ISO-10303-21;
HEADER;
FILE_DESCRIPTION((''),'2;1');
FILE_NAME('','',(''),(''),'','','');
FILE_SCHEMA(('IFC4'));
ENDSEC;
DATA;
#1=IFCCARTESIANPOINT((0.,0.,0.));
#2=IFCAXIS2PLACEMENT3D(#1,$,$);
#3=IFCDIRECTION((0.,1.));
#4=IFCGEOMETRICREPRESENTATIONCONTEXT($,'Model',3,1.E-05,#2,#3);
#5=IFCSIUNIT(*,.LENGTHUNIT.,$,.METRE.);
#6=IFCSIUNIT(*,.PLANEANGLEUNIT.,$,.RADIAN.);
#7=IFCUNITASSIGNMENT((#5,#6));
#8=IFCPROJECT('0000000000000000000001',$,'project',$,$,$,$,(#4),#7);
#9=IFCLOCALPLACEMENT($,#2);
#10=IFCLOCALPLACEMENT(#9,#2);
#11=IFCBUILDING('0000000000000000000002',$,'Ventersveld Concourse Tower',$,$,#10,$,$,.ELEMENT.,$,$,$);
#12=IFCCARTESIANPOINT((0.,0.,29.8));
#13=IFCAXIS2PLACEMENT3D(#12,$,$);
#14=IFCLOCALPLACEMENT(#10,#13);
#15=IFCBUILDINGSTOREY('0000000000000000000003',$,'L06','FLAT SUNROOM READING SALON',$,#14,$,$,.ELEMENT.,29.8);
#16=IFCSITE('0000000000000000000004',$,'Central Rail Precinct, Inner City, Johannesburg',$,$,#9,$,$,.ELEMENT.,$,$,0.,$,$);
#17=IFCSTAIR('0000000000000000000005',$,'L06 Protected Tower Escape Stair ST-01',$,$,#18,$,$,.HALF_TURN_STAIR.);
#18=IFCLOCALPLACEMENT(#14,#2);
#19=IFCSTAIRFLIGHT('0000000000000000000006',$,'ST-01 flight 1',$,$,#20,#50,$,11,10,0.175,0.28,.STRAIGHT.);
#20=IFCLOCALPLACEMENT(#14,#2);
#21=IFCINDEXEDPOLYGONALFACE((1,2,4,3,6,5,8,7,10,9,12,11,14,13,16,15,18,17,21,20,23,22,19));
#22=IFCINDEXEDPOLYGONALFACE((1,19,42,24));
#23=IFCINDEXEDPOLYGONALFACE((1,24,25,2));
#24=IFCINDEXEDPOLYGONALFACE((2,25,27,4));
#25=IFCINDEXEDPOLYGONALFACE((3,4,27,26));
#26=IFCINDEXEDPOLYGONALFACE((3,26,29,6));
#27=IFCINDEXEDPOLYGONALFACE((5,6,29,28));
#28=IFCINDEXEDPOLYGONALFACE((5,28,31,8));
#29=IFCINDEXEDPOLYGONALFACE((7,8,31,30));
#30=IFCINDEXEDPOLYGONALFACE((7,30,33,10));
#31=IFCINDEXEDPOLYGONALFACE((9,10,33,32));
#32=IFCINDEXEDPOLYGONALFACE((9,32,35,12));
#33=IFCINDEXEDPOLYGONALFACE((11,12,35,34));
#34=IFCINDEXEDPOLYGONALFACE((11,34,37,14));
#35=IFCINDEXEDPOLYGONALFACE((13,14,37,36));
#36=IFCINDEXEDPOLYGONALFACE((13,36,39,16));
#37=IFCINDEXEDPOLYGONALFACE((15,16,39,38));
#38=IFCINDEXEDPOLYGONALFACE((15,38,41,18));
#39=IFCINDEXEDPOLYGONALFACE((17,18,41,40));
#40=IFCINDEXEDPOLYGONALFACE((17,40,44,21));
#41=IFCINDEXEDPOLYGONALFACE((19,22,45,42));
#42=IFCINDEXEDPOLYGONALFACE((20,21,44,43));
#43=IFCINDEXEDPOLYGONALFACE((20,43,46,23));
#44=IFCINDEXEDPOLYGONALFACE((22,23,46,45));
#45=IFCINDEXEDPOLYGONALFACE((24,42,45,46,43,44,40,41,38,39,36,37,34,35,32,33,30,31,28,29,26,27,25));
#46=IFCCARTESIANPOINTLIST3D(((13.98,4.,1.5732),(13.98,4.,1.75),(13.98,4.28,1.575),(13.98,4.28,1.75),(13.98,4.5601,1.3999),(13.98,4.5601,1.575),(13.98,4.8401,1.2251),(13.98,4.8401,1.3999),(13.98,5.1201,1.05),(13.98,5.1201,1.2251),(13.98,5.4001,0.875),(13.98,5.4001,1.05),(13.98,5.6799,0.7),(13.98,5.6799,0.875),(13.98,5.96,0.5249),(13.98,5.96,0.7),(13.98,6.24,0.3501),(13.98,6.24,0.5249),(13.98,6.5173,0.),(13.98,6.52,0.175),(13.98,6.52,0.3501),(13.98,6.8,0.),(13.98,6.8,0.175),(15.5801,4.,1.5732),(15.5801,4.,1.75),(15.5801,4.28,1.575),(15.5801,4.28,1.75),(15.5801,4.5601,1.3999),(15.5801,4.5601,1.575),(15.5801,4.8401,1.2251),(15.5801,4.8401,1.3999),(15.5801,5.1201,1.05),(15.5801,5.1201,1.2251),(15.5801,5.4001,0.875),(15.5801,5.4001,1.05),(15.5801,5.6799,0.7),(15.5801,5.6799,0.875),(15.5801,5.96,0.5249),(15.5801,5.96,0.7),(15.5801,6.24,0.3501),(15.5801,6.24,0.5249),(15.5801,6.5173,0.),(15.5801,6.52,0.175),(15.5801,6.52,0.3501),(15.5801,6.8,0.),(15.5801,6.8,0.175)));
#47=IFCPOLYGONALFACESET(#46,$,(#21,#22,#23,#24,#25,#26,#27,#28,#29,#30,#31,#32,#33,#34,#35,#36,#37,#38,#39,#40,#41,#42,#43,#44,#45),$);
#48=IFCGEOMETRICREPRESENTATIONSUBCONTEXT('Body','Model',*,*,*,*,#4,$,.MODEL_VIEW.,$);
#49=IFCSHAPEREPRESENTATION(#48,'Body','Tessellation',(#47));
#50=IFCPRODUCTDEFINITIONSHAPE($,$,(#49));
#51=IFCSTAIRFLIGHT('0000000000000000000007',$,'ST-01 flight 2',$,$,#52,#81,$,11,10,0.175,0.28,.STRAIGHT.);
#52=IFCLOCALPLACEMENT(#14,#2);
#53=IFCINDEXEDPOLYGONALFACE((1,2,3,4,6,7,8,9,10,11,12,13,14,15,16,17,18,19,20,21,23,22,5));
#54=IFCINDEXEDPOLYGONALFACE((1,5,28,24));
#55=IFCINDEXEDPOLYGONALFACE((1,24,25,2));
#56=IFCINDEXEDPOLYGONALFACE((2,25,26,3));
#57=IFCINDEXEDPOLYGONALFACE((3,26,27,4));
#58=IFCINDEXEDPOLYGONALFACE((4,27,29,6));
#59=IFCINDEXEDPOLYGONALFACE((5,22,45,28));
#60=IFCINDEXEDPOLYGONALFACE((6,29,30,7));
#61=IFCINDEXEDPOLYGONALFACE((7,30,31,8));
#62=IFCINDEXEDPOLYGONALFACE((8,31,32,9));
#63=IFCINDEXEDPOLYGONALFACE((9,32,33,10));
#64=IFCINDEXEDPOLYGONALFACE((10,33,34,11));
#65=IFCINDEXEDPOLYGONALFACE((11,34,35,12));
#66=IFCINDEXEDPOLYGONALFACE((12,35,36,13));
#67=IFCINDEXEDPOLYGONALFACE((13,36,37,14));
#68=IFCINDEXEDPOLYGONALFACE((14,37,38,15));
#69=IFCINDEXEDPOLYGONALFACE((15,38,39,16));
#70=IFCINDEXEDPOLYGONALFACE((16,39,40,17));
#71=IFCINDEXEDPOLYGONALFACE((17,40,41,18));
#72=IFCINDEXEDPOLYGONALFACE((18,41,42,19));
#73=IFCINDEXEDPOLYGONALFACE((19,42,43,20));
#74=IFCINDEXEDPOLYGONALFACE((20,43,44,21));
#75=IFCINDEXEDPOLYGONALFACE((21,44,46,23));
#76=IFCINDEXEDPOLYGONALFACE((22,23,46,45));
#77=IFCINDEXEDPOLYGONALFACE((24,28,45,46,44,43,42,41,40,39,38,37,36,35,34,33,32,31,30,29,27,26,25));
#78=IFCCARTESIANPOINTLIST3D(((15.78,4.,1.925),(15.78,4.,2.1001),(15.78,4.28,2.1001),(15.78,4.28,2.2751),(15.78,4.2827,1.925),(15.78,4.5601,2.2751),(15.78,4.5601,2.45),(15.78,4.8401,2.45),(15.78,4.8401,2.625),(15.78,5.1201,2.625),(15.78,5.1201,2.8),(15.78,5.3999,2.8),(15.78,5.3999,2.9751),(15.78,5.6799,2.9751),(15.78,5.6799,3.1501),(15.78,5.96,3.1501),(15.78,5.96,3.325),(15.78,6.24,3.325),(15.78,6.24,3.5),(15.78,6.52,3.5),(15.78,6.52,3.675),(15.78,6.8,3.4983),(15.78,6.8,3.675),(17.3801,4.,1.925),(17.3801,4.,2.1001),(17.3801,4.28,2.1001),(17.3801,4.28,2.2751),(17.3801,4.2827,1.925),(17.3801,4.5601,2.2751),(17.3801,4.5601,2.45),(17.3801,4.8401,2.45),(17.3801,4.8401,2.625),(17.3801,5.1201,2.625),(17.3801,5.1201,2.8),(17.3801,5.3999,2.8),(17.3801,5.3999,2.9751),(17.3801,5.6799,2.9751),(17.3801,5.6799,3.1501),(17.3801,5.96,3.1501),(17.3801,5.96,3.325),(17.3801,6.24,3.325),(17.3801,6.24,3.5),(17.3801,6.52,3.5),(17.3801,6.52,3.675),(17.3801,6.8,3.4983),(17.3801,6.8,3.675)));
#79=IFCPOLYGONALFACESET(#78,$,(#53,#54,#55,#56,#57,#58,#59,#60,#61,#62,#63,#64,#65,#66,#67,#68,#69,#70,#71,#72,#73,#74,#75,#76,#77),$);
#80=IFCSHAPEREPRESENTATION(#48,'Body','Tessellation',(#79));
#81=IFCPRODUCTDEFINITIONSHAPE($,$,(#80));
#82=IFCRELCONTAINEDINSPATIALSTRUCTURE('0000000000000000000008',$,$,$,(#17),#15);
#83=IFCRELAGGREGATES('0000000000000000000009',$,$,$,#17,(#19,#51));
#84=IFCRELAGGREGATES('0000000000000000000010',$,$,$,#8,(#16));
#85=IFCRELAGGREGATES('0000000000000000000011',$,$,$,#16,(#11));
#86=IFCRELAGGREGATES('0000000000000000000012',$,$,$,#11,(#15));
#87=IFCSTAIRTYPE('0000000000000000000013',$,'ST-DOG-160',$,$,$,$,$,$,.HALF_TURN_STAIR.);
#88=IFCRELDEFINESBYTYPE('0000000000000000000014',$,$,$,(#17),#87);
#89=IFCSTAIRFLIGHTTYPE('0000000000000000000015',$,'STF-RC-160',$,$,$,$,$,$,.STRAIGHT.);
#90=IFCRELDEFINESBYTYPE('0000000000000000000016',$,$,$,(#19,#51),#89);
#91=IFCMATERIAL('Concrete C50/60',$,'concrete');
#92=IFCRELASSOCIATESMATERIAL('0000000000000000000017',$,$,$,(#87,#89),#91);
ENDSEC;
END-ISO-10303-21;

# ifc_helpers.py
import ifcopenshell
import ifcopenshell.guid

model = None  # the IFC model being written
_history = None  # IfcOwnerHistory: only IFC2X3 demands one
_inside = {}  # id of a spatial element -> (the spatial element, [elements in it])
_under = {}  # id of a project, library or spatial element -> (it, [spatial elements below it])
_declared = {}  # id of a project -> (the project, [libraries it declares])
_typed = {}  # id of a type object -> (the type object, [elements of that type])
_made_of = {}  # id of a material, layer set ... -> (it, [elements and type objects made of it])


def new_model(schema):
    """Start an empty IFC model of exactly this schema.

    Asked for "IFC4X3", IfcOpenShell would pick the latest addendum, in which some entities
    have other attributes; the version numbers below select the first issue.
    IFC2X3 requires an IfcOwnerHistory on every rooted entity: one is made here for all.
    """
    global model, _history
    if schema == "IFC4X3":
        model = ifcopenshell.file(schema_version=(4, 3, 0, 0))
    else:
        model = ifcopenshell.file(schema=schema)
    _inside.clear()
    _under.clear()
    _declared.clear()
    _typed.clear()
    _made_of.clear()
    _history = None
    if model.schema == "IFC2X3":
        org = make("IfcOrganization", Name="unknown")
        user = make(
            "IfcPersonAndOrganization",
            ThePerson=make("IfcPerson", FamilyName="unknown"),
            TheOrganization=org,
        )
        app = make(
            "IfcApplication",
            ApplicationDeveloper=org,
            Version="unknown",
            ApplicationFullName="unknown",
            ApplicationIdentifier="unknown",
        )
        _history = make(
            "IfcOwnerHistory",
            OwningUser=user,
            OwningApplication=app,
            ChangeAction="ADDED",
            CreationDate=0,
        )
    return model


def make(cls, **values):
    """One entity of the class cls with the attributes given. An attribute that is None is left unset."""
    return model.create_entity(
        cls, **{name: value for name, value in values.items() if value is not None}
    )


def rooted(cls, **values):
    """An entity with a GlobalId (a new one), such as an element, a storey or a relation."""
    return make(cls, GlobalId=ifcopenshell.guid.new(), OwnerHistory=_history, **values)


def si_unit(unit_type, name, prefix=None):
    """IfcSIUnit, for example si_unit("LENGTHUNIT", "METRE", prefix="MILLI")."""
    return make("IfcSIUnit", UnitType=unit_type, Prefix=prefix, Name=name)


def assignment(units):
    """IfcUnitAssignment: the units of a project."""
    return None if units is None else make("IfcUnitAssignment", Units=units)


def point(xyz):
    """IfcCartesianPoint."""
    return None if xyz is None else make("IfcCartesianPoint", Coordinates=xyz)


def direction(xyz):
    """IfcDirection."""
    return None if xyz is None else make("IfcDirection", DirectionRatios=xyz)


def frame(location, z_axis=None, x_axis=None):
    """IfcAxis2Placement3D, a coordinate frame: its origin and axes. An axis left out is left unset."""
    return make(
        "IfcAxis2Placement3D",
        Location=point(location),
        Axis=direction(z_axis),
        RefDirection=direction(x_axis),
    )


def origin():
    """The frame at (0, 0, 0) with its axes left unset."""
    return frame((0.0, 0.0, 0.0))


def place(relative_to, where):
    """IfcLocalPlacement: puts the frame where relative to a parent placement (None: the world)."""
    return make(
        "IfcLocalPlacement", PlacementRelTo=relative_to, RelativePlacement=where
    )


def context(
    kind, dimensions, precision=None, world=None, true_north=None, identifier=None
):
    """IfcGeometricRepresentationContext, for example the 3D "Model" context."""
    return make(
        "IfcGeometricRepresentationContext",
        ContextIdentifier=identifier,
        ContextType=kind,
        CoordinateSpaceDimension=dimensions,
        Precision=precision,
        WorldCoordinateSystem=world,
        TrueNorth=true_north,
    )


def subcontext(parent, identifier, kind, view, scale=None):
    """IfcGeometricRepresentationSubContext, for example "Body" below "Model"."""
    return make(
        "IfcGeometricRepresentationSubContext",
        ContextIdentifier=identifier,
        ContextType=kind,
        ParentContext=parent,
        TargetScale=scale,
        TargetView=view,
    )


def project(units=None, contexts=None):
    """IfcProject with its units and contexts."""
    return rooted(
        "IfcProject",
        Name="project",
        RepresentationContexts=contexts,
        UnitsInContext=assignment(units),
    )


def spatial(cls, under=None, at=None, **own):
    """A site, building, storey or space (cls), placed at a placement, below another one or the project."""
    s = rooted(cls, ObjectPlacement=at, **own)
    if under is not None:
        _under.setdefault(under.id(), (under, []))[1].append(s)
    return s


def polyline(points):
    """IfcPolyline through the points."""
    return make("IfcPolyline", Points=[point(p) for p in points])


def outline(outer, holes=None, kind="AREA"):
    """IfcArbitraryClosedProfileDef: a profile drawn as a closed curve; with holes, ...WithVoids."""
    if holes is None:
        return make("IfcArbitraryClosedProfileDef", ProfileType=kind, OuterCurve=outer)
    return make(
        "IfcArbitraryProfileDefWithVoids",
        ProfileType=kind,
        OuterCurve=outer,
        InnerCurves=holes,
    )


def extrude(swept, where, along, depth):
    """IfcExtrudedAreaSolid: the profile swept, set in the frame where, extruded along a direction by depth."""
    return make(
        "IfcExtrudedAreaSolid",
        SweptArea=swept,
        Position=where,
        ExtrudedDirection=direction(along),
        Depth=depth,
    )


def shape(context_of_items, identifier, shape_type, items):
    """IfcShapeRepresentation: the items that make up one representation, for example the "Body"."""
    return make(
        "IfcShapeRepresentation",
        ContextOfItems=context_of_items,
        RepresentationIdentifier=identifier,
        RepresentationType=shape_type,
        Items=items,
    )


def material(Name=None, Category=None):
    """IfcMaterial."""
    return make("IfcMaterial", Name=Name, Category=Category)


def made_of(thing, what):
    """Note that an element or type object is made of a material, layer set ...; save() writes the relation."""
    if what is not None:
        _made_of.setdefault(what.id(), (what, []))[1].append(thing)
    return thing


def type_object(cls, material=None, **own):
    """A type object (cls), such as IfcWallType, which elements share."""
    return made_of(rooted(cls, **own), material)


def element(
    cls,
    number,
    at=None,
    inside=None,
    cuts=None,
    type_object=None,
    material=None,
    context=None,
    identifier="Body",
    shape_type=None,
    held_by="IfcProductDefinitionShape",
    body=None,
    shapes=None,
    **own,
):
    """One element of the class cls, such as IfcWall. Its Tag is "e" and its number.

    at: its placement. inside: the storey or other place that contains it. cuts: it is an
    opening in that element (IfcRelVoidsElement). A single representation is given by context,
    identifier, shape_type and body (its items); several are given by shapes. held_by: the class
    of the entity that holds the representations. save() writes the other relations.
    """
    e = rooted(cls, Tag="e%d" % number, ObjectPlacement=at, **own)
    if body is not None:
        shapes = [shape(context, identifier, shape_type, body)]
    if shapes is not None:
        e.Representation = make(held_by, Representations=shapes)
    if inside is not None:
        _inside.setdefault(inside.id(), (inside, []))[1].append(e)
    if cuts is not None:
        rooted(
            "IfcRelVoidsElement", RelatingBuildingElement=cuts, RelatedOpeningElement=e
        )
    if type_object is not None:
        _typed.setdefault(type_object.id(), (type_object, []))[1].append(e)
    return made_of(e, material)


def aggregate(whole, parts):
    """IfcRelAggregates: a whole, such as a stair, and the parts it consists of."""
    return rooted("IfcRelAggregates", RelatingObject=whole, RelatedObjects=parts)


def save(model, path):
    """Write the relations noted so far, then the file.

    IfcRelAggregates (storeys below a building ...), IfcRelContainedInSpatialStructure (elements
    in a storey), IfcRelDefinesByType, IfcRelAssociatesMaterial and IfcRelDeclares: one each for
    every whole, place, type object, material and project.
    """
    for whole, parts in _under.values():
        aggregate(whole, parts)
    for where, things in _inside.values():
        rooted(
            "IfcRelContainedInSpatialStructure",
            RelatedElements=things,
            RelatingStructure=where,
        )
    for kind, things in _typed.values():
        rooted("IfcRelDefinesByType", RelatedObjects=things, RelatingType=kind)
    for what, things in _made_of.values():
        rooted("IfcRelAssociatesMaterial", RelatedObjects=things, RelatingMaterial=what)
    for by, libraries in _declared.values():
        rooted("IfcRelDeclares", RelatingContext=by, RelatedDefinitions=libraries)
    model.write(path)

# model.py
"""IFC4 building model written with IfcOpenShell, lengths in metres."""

from ifc_helpers import new_model, si_unit, direction, frame, origin, place, context, subcontext, project, spatial, polyline, outline, extrude, material, type_object, element, aggregate, save


model = new_model("IFC4")

# Units and contexts
model_context = context("Model", 3, precision=1e-05, world=origin(), true_north=direction((0.0, 1.0)))
body_context = subcontext(model_context, "Body", "Model", "MODEL_VIEW")
ifc_project = project(units=[si_unit("LENGTHUNIT", "METRE"), si_unit("PLANEANGLEUNIT", "RADIAN")], contexts=[model_context])

# Site, building, storey
site_placement = place(None, origin())
site = spatial("IfcSite", under=ifc_project, at=site_placement, Name="Central Rail Precinct, Inner City, Johannesburg", CompositionType="ELEMENT", RefElevation=0.0)
building_placement = place(site_placement, origin())
building = spatial("IfcBuilding", under=site, at=building_placement, Name="Ventersveld Concourse Tower", CompositionType="ELEMENT")
storey_placement = place(building_placement, frame((0.0, 0.0, 29.8)))
storey = spatial("IfcBuildingStorey", under=building, at=storey_placement, Name="L06", Description="FLAT SUNROOM READING SALON", CompositionType="ELEMENT", Elevation=29.8)

# Shared definitions
ifc_material_1 = material(Name="Concrete C50/60", Category="concrete")

# Stair, stair flights
stair_type = type_object("IfcStairType", Name="ST-DOG-160", PredefinedType="HALF_TURN_STAIR", material=ifc_material_1)
stair_placement = place(storey_placement, origin())
stair = element("IfcStair", 1, at=stair_placement, inside=storey, type_object=stair_type, Name="L06 Protected Tower Escape Stair ST-01", PredefinedType="HALF_TURN_STAIR")
stair_flight_type = type_object("IfcStairFlightType", Name="STF-RC-160", PredefinedType="STRAIGHT", material=ifc_material_1)
stair_flight_1_placement = place(storey_placement, frame((14.78, 6.8, 0.0), z_axis=(0.0, 0.0, 1.0), x_axis=(0.0, -1.0, 0.0)))
stair_flight_1 = element("IfcStairFlight", 2, at=stair_flight_1_placement, type_object=stair_flight_type, Name="ST-01 flight 1", NumberOfRisers=11, NumberOfTreads=10, PredefinedType="STRAIGHT", RiserHeight=0.175, TreadLength=0.28, context=body_context, shape_type="SweptSolid", body=[
    extrude(outline(polyline([(0.0, 0.0), (0.0, 0.175), (0.28, 0.175), (0.28, 0.3501), (0.5601, 0.3501), (0.5601, 0.5249), (0.8401, 0.5249), (0.8401, 0.7), (1.1201, 0.7), (1.1201, 0.875), (1.3999, 0.875), (1.3999, 1.05), (1.6799, 1.05), (1.6799, 1.2251), (1.96, 1.2251), (1.96, 1.3999), (2.24, 1.3999), (2.24, 1.575), (2.52, 1.575), (2.52, 1.75), (2.8, 1.75), (2.8, 1.925), (2.8, 1.5732), (0.2827, 0.0), (0.0, 0.0)])), frame((0.0, 0.8, 0.0), z_axis=(0.0, -1.0, 0.0), x_axis=(1.0, 0.0, 0.0)), (0.0, 0.0, 1.0), 1.6001),
])
stair_flight_2_placement = place(storey_placement, frame((16.5801, 4.0, 1.925), z_axis=(0.0, 0.0, 1.0), x_axis=(0.0, 1.0, 0.0)))
stair_flight_2 = element("IfcStairFlight", 3, at=stair_flight_2_placement, type_object=stair_flight_type, Name="ST-01 flight 2", NumberOfRisers=11, NumberOfTreads=10, PredefinedType="STRAIGHT", RiserHeight=0.175, TreadLength=0.28, context=body_context, shape_type="SweptSolid", body=[
    extrude(outline(polyline([(0.0, 0.0), (0.0, 0.175), (0.28, 0.175), (0.28, 0.3501), (0.5601, 0.3501), (0.5601, 0.5249), (0.8401, 0.5249), (0.8401, 0.7), (1.1201, 0.7), (1.1201, 0.875), (1.3999, 0.875), (1.3999, 1.05), (1.6799, 1.05), (1.6799, 1.2251), (1.96, 1.2251), (1.96, 1.3999), (2.24, 1.3999), (2.24, 1.575), (2.52, 1.575), (2.52, 1.75), (2.8, 1.75), (2.8, 1.925), (2.8, 1.5732), (0.2827, 0.0), (0.0, 0.0)])), frame((0.0, 0.8, 0.0), z_axis=(0.0, -1.0, 0.0), x_axis=(1.0, 0.0, 0.0)), (0.0, 0.0, 1.0), 1.6001),
])
aggregate(stair, [stair_flight_1, stair_flight_2])

save(model, "model.ifc")
